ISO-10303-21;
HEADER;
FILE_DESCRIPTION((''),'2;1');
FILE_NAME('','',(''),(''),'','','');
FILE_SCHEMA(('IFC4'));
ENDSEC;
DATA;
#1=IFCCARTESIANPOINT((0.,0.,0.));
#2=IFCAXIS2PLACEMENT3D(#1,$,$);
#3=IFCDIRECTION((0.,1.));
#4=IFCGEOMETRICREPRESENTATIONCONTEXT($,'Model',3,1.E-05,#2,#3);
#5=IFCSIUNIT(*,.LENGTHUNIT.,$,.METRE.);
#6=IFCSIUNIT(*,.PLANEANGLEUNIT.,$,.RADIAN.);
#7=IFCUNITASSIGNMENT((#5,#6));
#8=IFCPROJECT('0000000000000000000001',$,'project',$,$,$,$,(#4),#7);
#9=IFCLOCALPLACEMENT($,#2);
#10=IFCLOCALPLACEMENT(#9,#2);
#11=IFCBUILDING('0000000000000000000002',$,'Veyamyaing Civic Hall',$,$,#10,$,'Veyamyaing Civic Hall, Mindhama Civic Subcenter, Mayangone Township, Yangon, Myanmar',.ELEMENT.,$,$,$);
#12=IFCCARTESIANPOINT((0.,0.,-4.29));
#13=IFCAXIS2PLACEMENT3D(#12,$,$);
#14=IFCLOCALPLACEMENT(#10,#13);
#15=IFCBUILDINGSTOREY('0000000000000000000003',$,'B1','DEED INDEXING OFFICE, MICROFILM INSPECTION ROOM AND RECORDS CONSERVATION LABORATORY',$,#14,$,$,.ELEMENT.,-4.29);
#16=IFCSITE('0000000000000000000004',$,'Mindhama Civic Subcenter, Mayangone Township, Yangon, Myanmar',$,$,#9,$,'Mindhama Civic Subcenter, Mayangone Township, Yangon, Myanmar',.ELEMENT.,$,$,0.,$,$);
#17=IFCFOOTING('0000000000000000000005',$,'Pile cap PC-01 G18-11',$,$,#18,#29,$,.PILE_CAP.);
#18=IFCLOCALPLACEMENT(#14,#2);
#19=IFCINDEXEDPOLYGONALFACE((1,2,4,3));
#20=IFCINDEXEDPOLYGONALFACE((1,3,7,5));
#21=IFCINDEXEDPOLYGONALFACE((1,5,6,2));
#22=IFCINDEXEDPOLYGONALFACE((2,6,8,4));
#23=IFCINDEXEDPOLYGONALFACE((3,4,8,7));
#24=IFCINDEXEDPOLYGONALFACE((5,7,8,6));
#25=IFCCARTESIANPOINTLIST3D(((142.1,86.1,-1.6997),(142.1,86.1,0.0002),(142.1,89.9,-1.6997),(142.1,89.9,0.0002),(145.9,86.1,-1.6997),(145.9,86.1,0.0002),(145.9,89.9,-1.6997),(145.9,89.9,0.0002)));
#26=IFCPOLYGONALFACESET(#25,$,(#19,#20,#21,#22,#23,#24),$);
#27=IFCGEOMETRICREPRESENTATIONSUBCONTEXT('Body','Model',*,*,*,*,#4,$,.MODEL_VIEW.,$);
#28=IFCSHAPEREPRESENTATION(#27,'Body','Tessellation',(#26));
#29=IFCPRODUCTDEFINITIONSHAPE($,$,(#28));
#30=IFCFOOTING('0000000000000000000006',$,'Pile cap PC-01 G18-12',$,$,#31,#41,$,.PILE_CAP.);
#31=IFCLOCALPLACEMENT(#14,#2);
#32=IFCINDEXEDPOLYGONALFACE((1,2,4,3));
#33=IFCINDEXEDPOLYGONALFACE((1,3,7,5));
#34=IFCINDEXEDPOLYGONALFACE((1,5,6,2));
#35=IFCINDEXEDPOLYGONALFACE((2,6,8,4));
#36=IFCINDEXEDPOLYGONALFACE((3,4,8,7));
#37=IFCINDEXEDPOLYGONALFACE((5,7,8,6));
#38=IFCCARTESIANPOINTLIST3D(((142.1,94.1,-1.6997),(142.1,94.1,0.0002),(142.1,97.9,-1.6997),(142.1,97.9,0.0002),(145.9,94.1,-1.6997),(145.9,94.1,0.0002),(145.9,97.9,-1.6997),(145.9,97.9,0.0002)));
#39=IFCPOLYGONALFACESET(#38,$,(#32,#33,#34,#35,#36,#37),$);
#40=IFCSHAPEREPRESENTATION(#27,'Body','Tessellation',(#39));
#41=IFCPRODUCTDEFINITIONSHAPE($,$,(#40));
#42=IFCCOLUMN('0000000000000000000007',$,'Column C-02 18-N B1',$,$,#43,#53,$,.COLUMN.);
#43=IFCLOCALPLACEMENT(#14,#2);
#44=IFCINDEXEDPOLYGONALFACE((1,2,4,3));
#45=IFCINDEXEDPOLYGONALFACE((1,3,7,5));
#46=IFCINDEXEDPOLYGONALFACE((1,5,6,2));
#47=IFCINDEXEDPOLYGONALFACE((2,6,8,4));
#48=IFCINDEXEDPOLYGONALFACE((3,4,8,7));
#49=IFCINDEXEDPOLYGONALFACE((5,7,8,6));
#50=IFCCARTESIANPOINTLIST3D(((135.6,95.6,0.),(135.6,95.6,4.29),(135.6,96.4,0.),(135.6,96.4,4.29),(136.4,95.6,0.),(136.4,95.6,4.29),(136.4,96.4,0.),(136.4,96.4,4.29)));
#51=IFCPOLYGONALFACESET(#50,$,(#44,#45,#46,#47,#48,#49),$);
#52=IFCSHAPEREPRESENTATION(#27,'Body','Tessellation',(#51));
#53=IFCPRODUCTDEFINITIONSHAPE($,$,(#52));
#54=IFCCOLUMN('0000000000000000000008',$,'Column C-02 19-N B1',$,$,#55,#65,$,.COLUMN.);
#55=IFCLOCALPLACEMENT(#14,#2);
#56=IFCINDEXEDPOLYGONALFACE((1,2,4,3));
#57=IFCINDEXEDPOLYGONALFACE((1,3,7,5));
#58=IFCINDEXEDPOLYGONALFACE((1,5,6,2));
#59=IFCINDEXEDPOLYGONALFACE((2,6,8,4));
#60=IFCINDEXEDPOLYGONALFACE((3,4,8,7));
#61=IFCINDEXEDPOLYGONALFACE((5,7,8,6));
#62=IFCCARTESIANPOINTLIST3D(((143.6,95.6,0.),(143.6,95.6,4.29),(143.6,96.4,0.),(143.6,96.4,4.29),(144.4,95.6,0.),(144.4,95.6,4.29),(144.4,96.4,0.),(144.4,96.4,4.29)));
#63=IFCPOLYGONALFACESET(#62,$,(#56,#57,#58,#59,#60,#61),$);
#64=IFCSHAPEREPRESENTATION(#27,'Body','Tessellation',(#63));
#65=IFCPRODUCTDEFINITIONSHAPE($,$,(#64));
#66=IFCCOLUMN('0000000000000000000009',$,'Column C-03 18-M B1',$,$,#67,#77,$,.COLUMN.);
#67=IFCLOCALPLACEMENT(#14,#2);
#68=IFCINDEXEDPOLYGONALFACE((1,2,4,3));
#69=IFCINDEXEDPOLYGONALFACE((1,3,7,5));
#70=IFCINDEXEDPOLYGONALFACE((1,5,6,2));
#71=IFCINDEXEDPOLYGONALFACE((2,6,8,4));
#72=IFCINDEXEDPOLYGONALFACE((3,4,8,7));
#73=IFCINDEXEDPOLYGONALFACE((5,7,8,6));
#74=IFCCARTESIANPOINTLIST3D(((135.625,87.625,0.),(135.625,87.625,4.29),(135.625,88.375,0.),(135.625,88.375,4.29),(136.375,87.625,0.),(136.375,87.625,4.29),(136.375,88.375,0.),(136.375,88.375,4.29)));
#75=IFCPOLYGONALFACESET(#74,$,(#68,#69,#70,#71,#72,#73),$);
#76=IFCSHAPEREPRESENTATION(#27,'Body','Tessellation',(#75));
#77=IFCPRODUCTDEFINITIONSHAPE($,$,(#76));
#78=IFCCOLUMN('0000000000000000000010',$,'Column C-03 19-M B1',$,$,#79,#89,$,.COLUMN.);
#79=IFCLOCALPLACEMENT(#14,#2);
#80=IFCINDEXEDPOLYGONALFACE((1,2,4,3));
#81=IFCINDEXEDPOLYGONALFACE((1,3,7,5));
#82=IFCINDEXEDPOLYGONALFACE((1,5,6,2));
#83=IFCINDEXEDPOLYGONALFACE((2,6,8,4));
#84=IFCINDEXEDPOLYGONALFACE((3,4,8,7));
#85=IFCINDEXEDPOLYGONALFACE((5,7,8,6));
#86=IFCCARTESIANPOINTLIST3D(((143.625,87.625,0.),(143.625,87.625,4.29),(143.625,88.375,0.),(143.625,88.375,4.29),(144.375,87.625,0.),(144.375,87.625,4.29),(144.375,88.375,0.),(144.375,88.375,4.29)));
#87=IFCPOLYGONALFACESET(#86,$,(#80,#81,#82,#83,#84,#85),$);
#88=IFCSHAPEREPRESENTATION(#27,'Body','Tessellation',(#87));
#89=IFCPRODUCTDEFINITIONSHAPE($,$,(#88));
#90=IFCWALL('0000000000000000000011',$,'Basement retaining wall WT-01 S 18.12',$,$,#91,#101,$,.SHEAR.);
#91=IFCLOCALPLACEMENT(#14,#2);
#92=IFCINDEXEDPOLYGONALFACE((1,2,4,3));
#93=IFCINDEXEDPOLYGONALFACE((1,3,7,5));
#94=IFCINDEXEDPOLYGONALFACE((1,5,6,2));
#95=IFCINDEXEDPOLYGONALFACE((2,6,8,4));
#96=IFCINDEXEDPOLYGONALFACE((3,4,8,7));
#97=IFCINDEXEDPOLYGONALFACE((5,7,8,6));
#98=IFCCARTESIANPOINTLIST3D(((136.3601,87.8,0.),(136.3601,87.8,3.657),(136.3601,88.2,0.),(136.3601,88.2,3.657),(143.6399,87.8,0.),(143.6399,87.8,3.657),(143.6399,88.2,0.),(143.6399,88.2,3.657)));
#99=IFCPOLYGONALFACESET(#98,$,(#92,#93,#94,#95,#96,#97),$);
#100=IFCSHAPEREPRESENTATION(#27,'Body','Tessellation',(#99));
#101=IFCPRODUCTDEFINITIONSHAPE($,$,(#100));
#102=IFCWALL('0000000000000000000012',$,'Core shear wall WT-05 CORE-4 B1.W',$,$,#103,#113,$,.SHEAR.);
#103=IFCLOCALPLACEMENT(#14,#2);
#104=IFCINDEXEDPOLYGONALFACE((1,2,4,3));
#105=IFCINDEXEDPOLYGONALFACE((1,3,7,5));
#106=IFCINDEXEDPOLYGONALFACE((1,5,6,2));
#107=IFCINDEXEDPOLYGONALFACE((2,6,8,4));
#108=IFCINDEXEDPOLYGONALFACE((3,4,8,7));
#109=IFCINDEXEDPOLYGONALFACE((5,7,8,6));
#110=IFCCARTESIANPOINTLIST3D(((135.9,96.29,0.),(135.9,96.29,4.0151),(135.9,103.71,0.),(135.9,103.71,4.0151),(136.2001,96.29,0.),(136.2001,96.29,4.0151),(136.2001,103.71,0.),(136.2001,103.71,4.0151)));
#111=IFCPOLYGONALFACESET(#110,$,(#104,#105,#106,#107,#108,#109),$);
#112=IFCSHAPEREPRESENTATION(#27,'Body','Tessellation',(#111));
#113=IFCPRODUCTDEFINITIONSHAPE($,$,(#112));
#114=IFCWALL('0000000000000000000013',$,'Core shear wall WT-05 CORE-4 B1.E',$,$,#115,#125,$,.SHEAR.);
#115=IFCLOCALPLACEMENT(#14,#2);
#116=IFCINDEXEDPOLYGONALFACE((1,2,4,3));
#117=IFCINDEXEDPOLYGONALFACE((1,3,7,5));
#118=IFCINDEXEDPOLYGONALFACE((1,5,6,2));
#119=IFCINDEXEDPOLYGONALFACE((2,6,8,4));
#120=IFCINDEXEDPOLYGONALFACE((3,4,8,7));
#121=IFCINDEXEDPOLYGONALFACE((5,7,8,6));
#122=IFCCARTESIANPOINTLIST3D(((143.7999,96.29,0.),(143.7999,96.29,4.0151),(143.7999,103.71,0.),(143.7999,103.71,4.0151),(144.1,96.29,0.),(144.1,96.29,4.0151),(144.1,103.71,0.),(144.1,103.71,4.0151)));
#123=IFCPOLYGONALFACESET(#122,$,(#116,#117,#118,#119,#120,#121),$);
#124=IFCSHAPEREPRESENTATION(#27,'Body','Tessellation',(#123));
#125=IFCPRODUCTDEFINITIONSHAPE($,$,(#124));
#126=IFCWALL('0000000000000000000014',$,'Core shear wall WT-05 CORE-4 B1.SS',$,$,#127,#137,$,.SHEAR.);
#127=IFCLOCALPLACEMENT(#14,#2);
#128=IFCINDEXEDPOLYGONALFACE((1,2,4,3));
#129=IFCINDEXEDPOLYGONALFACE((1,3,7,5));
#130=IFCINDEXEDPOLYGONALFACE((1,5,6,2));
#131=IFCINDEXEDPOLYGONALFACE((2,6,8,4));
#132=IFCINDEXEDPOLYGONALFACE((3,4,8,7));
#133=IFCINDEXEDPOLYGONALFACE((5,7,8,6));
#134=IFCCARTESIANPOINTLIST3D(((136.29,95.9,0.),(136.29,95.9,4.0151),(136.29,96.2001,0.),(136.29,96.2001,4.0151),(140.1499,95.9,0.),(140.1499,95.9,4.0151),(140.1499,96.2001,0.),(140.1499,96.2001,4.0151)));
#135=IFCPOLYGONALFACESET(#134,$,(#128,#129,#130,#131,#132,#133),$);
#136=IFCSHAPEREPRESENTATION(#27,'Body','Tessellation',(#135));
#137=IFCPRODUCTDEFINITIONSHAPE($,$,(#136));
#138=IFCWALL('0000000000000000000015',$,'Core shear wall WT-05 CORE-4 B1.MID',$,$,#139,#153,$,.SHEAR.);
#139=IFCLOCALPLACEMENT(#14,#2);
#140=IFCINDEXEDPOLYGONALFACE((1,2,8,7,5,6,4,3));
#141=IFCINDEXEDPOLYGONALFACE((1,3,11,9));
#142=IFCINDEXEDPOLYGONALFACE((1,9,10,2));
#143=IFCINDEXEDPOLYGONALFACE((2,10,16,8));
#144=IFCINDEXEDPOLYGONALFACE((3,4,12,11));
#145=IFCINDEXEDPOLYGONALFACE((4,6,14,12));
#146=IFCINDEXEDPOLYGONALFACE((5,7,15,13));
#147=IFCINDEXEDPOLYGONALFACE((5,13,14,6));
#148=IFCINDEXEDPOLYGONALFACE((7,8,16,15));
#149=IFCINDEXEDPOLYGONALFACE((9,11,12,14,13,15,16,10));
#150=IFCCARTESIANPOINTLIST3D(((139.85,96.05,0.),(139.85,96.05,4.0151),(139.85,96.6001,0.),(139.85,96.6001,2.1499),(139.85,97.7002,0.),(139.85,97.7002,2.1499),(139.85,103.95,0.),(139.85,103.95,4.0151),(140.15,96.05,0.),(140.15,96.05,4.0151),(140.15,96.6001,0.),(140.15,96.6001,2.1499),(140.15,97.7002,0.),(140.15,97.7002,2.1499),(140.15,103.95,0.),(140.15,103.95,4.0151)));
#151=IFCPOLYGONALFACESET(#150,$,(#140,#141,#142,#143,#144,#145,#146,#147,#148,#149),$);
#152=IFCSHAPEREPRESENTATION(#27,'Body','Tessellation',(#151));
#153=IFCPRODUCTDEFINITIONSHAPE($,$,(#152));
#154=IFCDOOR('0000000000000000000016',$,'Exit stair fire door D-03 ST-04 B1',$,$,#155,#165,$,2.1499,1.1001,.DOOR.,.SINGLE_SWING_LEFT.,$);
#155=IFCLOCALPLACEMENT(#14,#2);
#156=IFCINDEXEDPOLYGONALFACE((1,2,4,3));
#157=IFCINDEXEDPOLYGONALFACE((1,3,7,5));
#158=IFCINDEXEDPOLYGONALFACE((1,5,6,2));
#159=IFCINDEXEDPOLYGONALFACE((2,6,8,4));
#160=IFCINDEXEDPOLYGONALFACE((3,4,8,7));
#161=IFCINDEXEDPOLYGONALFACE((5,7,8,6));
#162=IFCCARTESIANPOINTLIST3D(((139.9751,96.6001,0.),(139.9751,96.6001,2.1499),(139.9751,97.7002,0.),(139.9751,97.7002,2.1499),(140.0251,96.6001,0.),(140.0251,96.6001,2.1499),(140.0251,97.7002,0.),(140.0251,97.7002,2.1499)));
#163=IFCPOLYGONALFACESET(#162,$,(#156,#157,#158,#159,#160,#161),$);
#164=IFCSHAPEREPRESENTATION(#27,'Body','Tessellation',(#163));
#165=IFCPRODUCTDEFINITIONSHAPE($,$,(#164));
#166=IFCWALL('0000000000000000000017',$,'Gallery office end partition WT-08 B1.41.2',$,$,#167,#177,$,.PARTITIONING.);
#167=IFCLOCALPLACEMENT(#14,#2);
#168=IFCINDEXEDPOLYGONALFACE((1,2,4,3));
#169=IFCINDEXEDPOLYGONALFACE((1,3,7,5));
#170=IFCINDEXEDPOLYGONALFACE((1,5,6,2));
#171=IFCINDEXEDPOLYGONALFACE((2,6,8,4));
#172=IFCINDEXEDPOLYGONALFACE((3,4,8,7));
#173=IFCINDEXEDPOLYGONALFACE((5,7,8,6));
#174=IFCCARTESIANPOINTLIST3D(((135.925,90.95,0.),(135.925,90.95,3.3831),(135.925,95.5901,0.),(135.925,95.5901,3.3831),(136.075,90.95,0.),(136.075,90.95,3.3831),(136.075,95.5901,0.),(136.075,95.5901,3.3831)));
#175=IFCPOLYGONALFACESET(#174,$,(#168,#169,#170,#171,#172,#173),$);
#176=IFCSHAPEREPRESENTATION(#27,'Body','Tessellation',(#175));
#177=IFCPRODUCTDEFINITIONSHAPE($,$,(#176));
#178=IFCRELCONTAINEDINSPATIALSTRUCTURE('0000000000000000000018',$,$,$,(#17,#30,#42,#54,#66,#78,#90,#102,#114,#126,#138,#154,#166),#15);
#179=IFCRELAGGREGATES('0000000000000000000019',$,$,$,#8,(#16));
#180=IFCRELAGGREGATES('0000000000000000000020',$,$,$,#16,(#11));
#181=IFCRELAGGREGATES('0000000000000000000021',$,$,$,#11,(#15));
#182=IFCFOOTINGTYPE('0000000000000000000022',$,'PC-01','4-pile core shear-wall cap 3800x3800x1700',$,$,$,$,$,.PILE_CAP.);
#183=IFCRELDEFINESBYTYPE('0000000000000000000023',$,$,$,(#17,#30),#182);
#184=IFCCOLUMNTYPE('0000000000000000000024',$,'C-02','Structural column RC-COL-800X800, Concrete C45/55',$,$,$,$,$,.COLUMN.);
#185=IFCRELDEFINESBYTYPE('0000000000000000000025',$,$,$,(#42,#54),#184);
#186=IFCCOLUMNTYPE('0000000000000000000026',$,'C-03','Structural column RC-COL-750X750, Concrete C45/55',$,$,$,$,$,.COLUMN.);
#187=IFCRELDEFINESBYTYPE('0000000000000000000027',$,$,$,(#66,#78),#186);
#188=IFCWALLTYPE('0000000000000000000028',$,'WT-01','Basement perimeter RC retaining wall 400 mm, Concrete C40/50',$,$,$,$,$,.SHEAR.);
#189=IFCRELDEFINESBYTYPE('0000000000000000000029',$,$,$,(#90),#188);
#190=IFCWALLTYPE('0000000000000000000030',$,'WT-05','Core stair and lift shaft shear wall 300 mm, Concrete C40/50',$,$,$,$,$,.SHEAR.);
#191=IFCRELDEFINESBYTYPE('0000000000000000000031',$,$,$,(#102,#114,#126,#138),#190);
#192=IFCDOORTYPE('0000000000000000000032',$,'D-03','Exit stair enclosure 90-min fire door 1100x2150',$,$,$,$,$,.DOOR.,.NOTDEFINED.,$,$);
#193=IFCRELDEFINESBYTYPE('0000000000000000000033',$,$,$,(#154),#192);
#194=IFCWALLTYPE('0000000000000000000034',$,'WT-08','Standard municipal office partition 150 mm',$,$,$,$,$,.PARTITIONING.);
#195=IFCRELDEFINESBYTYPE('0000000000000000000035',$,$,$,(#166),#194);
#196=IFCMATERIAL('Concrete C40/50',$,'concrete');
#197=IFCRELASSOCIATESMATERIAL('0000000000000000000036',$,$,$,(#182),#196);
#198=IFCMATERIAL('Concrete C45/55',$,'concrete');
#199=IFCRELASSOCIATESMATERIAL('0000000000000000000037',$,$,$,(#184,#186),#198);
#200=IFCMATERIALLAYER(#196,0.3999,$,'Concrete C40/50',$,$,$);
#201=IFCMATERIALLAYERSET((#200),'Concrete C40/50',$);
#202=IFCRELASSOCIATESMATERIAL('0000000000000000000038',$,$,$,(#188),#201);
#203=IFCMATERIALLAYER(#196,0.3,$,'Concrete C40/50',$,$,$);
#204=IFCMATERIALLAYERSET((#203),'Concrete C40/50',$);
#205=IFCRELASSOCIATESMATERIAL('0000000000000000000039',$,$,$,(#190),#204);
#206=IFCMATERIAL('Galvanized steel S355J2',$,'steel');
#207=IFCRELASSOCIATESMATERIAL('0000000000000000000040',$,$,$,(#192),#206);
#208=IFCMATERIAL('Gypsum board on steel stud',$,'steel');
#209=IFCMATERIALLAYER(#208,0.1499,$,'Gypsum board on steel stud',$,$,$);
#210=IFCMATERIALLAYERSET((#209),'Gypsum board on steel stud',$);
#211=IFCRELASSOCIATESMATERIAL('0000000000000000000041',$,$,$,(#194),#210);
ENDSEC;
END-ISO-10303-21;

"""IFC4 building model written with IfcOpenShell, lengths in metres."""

from ifc_helpers import new_model, si_unit, direction, frame, frame_2d, origin, origin_2d, place, context, subcontext, project, spatial, rectangle, extrude, material, layer, layer_set, material_profile, profile_set, type_object, element, fill, save


model = new_model("IFC4")

# Units and contexts
model_context = context("Model", 3, precision=1e-05, world=origin(), true_north=direction((0.0, 1.0)))
body_context = subcontext(model_context, "Body", "Model", "MODEL_VIEW")
ifc_project = project(units=[si_unit("LENGTHUNIT", "METRE"), si_unit("PLANEANGLEUNIT", "RADIAN")], contexts=[model_context])

# Site, building, storey
site_placement = place(None, origin())
site = spatial("IfcSite", under=ifc_project, at=site_placement, Name="Mindhama Civic Subcenter, Mayangone Township, Yangon, Myanmar", LongName="Mindhama Civic Subcenter, Mayangone Township, Yangon, Myanmar", CompositionType="ELEMENT", RefElevation=0.0)
building_placement = place(site_placement, origin())
building = spatial("IfcBuilding", under=site, at=building_placement, Name="Veyamyaing Civic Hall", LongName="Veyamyaing Civic Hall, Mindhama Civic Subcenter, Mayangone Township, Yangon, Myanmar", CompositionType="ELEMENT")
storey_placement = place(building_placement, frame((0.0, 0.0, -4.29)))
storey = spatial("IfcBuildingStorey", under=building, at=storey_placement, Name="B1", Description="DEED INDEXING OFFICE, MICROFILM INSPECTION ROOM AND RECORDS CONSERVATION LABORATORY", CompositionType="ELEMENT", Elevation=-4.29)

# Shared definitions
ifc_material_1 = material(Name="Concrete C40/50", Category="concrete")

# Footings
footing_type_1 = type_object("IfcFootingType", Name="PC-01", Description="4-pile core shear-wall cap 3800x3800x1700", PredefinedType="PILE_CAP", material=ifc_material_1)
for number, where, z_axis, x_axis, name in (
    (1, (144.0, 88.0, -1.6997), (0.0, 0.0, 1.0), (1.0, 0.0, 0.0), "Pile cap PC-01 G18-11"),
    (2, (144.0, 96.0, -1.6997), (0.0, 0.0, 1.0), (1.0, 0.0, 0.0), "Pile cap PC-01 G18-12"),
):
    element("IfcFooting", number, at=place(storey_placement, frame(where, z_axis=z_axis, x_axis=x_axis)), inside=storey, type_object=footing_type_1, Name=name, PredefinedType="PILE_CAP", context=body_context, shape_type="SweptSolid", body=[
        extrude(rectangle(XDim=3.8, YDim=3.8, at=origin_2d()), origin(), (0.0, 0.0, 1.0), 1.7),
    ])

# Columns
ifc_material_2 = material(Name="Concrete C45/55", Category="concrete")
ifc_material_profile_1 = material_profile(ifc_material_2, rectangle(XDim=0.8, YDim=0.8, at=origin_2d()), Name="RC-COL-800X800")
ifc_profile_set_1 = profile_set([ifc_material_profile_1], Name="Concrete C45/55")
column_type_1 = type_object("IfcColumnType", Name="C-02", Description="Structural column RC-COL-800X800, Concrete C45/55", PredefinedType="COLUMN", material=ifc_profile_set_1)
for number, where, z_axis, x_axis, name in (
    (3, (136.0, 96.0, 0.0), (0.0, 0.0, 1.0), (1.0, 0.0, 0.0), "Column C-02 18-N B1"),
    (4, (144.0, 96.0, 0.0), (0.0, 0.0, 1.0), (1.0, 0.0, 0.0), "Column C-02 19-N B1"),
):
    element("IfcColumn", number, at=place(storey_placement, frame(where, z_axis=z_axis, x_axis=x_axis)), inside=storey, type_object=column_type_1, Name=name, PredefinedType="COLUMN", context=body_context, shape_type="SweptSolid", body=[
        extrude(rectangle(XDim=0.8, YDim=0.8, at=origin_2d()), origin(), (0.0, 0.0, 1.0), 4.29),
    ])
ifc_material_profile_2 = material_profile(ifc_material_2, rectangle(XDim=0.75, YDim=0.75, at=origin_2d()), Name="RC-COL-750X750")
ifc_profile_set_2 = profile_set([ifc_material_profile_2], Name="Concrete C45/55")
column_type_2 = type_object("IfcColumnType", Name="C-03", Description="Structural column RC-COL-750X750, Concrete C45/55", PredefinedType="COLUMN", material=ifc_profile_set_2)
for number, where, z_axis, x_axis, name in (
    (5, (136.0, 88.0, 0.0), (0.0, 0.0, 1.0), (1.0, 0.0, 0.0), "Column C-03 18-M B1"),
    (6, (144.0, 88.0, 0.0), (0.0, 0.0, 1.0), (1.0, 0.0, 0.0), "Column C-03 19-M B1"),
):
    element("IfcColumn", number, at=place(storey_placement, frame(where, z_axis=z_axis, x_axis=x_axis)), inside=storey, type_object=column_type_2, Name=name, PredefinedType="COLUMN", context=body_context, shape_type="SweptSolid", body=[
        extrude(rectangle(XDim=0.75, YDim=0.75, at=origin_2d()), origin(), (0.0, 0.0, 1.0), 4.29),
    ])

# Walls
ifc_layer_1 = layer(ifc_material_1, 0.3999, Name="Concrete C40/50")
ifc_layer_set_1 = layer_set([ifc_layer_1], Name="Concrete C40/50")
wall_type_1 = type_object("IfcWallType", Name="WT-01", Description="Basement perimeter RC retaining wall 400 mm, Concrete C40/50", PredefinedType="SHEAR", material=ifc_layer_set_1)
wall_1_placement = place(storey_placement, frame((136.3601, 88.0, 0.0), z_axis=(0.0, 0.0, 1.0), x_axis=(1.0, 0.0, 0.0)))
element("IfcWall", 7, at=wall_1_placement, inside=storey, type_object=wall_type_1, Name="Basement retaining wall WT-01 S 18.12", PredefinedType="SHEAR", context=body_context, shape_type="SweptSolid", body=[
    extrude(rectangle(XDim=7.2798, YDim=0.3999, at=frame_2d((3.6399, 0.0))), origin(), (0.0, 0.0, 1.0), 3.657),
])
ifc_layer_2 = layer(ifc_material_1, 0.3, Name="Concrete C40/50")
ifc_layer_set_2 = layer_set([ifc_layer_2], Name="Concrete C40/50")
wall_type_2 = type_object("IfcWallType", Name="WT-05", Description="Core stair and lift shaft shear wall 300 mm, Concrete C40/50", PredefinedType="SHEAR", material=ifc_layer_set_2)
for number, where, z_axis, x_axis, name in (
    (8, (136.05, 96.29, 0.0), (0.0, 0.0, 1.0), (0.0, 1.0, 0.0), "Core shear wall WT-05 CORE-4 B1.W"),
    (9, (143.95, 96.29, 0.0), (0.0, 0.0, 1.0), (0.0, 1.0, 0.0), "Core shear wall WT-05 CORE-4 B1.E"),
):
    element("IfcWall", number, at=place(storey_placement, frame(where, z_axis=z_axis, x_axis=x_axis)), inside=storey, type_object=wall_type_2, Name=name, PredefinedType="SHEAR", context=body_context, shape_type="SweptSolid", body=[
        extrude(rectangle(XDim=7.4199, YDim=0.3, at=frame_2d((3.71, 0.0))), origin(), (0.0, 0.0, 1.0), 4.0151),
    ])
wall_2_placement = place(storey_placement, frame((136.29, 96.05, 0.0), z_axis=(0.0, 0.0, 1.0), x_axis=(1.0, 0.0, 0.0)))
element("IfcWall", 10, at=wall_2_placement, inside=storey, type_object=wall_type_2, Name="Core shear wall WT-05 CORE-4 B1.SS", PredefinedType="SHEAR", context=body_context, shape_type="SweptSolid", body=[
    extrude(rectangle(XDim=3.8599, YDim=0.3, at=frame_2d((1.9299, 0.0))), origin(), (0.0, 0.0, 1.0), 4.0151),
])

# Wall, opening, door
wall_3_placement = place(storey_placement, frame((140.0, 96.05, 0.0), z_axis=(0.0, 0.0, 1.0), x_axis=(0.0, 1.0, 0.0)))
wall_3 = element("IfcWall", 11, at=wall_3_placement, inside=storey, type_object=wall_type_2, Name="Core shear wall WT-05 CORE-4 B1.MID", PredefinedType="SHEAR", context=body_context, shape_type="SweptSolid", body=[
    extrude(rectangle(XDim=7.8999, YDim=0.3, at=frame_2d((3.95, 0.0))), origin(), (0.0, 0.0, 1.0), 4.0151),
])
opening_1_placement = place(wall_3_placement, frame((0.55, 0.0, 0.0)))
opening_1 = element("IfcOpeningElement", 12, at=opening_1_placement, cuts=wall_3, PredefinedType="OPENING", context=body_context, shape_type="SweptSolid", body=[
    extrude(rectangle(XDim=1.1001, YDim=2.1499, at=frame_2d((0.55, 1.075))), frame((0.0, 0.1599, 0.0), z_axis=(0.0, -1.0, 0.0), x_axis=(1.0, 0.0, 0.0)), (0.0, 0.0, 1.0), 0.3201),
])
ifc_material_3 = material(Name="Galvanized steel S355J2", Category="steel")
door_type_1 = type_object("IfcDoorType", Name="D-03", Description="Exit stair enclosure 90-min fire door 1100x2150", OperationType="NOTDEFINED", PredefinedType="DOOR", material=ifc_material_3)
door_1_placement = place(opening_1_placement, origin())
door_1 = element("IfcDoor", 13, at=door_1_placement, inside=storey, type_object=door_type_1, Name="Exit stair fire door D-03 ST-04 B1", OperationType="SINGLE_SWING_LEFT", OverallHeight=2.1499, OverallWidth=1.1001, PredefinedType="DOOR", context=body_context, shape_type="SweptSolid", body=[
    extrude(rectangle(XDim=1.1001, YDim=2.1499, at=frame_2d((0.55, 1.075))), frame((0.0, 0.0249, 0.0), z_axis=(0.0, -1.0, 0.0), x_axis=(1.0, 0.0, 0.0)), (0.0, 0.0, 1.0), 0.05),
])
fill(opening_1, door_1)

# Wall
ifc_material_4 = material(Name="Gypsum board on steel stud", Category="steel")
ifc_layer_3 = layer(ifc_material_4, 0.1499, Name="Gypsum board on steel stud")
ifc_layer_set_3 = layer_set([ifc_layer_3], Name="Gypsum board on steel stud")
wall_type_3 = type_object("IfcWallType", Name="WT-08", Description="Standard municipal office partition 150 mm", PredefinedType="PARTITIONING", material=ifc_layer_set_3)
wall_4_placement = place(storey_placement, frame((136.0, 90.95, 0.0), z_axis=(0.0, 0.0, 1.0), x_axis=(0.0, 1.0, 0.0)))
element("IfcWall", 14, at=wall_4_placement, inside=storey, type_object=wall_type_3, Name="Gallery office end partition WT-08 B1.41.2", PredefinedType="PARTITIONING", context=body_context, shape_type="SweptSolid", body=[
    extrude(rectangle(XDim=4.6401, YDim=0.1499, at=frame_2d((2.3201, 0.0))), origin(), (0.0, 0.0, 1.0), 3.3831),
])

save(model, "model.ifc")
